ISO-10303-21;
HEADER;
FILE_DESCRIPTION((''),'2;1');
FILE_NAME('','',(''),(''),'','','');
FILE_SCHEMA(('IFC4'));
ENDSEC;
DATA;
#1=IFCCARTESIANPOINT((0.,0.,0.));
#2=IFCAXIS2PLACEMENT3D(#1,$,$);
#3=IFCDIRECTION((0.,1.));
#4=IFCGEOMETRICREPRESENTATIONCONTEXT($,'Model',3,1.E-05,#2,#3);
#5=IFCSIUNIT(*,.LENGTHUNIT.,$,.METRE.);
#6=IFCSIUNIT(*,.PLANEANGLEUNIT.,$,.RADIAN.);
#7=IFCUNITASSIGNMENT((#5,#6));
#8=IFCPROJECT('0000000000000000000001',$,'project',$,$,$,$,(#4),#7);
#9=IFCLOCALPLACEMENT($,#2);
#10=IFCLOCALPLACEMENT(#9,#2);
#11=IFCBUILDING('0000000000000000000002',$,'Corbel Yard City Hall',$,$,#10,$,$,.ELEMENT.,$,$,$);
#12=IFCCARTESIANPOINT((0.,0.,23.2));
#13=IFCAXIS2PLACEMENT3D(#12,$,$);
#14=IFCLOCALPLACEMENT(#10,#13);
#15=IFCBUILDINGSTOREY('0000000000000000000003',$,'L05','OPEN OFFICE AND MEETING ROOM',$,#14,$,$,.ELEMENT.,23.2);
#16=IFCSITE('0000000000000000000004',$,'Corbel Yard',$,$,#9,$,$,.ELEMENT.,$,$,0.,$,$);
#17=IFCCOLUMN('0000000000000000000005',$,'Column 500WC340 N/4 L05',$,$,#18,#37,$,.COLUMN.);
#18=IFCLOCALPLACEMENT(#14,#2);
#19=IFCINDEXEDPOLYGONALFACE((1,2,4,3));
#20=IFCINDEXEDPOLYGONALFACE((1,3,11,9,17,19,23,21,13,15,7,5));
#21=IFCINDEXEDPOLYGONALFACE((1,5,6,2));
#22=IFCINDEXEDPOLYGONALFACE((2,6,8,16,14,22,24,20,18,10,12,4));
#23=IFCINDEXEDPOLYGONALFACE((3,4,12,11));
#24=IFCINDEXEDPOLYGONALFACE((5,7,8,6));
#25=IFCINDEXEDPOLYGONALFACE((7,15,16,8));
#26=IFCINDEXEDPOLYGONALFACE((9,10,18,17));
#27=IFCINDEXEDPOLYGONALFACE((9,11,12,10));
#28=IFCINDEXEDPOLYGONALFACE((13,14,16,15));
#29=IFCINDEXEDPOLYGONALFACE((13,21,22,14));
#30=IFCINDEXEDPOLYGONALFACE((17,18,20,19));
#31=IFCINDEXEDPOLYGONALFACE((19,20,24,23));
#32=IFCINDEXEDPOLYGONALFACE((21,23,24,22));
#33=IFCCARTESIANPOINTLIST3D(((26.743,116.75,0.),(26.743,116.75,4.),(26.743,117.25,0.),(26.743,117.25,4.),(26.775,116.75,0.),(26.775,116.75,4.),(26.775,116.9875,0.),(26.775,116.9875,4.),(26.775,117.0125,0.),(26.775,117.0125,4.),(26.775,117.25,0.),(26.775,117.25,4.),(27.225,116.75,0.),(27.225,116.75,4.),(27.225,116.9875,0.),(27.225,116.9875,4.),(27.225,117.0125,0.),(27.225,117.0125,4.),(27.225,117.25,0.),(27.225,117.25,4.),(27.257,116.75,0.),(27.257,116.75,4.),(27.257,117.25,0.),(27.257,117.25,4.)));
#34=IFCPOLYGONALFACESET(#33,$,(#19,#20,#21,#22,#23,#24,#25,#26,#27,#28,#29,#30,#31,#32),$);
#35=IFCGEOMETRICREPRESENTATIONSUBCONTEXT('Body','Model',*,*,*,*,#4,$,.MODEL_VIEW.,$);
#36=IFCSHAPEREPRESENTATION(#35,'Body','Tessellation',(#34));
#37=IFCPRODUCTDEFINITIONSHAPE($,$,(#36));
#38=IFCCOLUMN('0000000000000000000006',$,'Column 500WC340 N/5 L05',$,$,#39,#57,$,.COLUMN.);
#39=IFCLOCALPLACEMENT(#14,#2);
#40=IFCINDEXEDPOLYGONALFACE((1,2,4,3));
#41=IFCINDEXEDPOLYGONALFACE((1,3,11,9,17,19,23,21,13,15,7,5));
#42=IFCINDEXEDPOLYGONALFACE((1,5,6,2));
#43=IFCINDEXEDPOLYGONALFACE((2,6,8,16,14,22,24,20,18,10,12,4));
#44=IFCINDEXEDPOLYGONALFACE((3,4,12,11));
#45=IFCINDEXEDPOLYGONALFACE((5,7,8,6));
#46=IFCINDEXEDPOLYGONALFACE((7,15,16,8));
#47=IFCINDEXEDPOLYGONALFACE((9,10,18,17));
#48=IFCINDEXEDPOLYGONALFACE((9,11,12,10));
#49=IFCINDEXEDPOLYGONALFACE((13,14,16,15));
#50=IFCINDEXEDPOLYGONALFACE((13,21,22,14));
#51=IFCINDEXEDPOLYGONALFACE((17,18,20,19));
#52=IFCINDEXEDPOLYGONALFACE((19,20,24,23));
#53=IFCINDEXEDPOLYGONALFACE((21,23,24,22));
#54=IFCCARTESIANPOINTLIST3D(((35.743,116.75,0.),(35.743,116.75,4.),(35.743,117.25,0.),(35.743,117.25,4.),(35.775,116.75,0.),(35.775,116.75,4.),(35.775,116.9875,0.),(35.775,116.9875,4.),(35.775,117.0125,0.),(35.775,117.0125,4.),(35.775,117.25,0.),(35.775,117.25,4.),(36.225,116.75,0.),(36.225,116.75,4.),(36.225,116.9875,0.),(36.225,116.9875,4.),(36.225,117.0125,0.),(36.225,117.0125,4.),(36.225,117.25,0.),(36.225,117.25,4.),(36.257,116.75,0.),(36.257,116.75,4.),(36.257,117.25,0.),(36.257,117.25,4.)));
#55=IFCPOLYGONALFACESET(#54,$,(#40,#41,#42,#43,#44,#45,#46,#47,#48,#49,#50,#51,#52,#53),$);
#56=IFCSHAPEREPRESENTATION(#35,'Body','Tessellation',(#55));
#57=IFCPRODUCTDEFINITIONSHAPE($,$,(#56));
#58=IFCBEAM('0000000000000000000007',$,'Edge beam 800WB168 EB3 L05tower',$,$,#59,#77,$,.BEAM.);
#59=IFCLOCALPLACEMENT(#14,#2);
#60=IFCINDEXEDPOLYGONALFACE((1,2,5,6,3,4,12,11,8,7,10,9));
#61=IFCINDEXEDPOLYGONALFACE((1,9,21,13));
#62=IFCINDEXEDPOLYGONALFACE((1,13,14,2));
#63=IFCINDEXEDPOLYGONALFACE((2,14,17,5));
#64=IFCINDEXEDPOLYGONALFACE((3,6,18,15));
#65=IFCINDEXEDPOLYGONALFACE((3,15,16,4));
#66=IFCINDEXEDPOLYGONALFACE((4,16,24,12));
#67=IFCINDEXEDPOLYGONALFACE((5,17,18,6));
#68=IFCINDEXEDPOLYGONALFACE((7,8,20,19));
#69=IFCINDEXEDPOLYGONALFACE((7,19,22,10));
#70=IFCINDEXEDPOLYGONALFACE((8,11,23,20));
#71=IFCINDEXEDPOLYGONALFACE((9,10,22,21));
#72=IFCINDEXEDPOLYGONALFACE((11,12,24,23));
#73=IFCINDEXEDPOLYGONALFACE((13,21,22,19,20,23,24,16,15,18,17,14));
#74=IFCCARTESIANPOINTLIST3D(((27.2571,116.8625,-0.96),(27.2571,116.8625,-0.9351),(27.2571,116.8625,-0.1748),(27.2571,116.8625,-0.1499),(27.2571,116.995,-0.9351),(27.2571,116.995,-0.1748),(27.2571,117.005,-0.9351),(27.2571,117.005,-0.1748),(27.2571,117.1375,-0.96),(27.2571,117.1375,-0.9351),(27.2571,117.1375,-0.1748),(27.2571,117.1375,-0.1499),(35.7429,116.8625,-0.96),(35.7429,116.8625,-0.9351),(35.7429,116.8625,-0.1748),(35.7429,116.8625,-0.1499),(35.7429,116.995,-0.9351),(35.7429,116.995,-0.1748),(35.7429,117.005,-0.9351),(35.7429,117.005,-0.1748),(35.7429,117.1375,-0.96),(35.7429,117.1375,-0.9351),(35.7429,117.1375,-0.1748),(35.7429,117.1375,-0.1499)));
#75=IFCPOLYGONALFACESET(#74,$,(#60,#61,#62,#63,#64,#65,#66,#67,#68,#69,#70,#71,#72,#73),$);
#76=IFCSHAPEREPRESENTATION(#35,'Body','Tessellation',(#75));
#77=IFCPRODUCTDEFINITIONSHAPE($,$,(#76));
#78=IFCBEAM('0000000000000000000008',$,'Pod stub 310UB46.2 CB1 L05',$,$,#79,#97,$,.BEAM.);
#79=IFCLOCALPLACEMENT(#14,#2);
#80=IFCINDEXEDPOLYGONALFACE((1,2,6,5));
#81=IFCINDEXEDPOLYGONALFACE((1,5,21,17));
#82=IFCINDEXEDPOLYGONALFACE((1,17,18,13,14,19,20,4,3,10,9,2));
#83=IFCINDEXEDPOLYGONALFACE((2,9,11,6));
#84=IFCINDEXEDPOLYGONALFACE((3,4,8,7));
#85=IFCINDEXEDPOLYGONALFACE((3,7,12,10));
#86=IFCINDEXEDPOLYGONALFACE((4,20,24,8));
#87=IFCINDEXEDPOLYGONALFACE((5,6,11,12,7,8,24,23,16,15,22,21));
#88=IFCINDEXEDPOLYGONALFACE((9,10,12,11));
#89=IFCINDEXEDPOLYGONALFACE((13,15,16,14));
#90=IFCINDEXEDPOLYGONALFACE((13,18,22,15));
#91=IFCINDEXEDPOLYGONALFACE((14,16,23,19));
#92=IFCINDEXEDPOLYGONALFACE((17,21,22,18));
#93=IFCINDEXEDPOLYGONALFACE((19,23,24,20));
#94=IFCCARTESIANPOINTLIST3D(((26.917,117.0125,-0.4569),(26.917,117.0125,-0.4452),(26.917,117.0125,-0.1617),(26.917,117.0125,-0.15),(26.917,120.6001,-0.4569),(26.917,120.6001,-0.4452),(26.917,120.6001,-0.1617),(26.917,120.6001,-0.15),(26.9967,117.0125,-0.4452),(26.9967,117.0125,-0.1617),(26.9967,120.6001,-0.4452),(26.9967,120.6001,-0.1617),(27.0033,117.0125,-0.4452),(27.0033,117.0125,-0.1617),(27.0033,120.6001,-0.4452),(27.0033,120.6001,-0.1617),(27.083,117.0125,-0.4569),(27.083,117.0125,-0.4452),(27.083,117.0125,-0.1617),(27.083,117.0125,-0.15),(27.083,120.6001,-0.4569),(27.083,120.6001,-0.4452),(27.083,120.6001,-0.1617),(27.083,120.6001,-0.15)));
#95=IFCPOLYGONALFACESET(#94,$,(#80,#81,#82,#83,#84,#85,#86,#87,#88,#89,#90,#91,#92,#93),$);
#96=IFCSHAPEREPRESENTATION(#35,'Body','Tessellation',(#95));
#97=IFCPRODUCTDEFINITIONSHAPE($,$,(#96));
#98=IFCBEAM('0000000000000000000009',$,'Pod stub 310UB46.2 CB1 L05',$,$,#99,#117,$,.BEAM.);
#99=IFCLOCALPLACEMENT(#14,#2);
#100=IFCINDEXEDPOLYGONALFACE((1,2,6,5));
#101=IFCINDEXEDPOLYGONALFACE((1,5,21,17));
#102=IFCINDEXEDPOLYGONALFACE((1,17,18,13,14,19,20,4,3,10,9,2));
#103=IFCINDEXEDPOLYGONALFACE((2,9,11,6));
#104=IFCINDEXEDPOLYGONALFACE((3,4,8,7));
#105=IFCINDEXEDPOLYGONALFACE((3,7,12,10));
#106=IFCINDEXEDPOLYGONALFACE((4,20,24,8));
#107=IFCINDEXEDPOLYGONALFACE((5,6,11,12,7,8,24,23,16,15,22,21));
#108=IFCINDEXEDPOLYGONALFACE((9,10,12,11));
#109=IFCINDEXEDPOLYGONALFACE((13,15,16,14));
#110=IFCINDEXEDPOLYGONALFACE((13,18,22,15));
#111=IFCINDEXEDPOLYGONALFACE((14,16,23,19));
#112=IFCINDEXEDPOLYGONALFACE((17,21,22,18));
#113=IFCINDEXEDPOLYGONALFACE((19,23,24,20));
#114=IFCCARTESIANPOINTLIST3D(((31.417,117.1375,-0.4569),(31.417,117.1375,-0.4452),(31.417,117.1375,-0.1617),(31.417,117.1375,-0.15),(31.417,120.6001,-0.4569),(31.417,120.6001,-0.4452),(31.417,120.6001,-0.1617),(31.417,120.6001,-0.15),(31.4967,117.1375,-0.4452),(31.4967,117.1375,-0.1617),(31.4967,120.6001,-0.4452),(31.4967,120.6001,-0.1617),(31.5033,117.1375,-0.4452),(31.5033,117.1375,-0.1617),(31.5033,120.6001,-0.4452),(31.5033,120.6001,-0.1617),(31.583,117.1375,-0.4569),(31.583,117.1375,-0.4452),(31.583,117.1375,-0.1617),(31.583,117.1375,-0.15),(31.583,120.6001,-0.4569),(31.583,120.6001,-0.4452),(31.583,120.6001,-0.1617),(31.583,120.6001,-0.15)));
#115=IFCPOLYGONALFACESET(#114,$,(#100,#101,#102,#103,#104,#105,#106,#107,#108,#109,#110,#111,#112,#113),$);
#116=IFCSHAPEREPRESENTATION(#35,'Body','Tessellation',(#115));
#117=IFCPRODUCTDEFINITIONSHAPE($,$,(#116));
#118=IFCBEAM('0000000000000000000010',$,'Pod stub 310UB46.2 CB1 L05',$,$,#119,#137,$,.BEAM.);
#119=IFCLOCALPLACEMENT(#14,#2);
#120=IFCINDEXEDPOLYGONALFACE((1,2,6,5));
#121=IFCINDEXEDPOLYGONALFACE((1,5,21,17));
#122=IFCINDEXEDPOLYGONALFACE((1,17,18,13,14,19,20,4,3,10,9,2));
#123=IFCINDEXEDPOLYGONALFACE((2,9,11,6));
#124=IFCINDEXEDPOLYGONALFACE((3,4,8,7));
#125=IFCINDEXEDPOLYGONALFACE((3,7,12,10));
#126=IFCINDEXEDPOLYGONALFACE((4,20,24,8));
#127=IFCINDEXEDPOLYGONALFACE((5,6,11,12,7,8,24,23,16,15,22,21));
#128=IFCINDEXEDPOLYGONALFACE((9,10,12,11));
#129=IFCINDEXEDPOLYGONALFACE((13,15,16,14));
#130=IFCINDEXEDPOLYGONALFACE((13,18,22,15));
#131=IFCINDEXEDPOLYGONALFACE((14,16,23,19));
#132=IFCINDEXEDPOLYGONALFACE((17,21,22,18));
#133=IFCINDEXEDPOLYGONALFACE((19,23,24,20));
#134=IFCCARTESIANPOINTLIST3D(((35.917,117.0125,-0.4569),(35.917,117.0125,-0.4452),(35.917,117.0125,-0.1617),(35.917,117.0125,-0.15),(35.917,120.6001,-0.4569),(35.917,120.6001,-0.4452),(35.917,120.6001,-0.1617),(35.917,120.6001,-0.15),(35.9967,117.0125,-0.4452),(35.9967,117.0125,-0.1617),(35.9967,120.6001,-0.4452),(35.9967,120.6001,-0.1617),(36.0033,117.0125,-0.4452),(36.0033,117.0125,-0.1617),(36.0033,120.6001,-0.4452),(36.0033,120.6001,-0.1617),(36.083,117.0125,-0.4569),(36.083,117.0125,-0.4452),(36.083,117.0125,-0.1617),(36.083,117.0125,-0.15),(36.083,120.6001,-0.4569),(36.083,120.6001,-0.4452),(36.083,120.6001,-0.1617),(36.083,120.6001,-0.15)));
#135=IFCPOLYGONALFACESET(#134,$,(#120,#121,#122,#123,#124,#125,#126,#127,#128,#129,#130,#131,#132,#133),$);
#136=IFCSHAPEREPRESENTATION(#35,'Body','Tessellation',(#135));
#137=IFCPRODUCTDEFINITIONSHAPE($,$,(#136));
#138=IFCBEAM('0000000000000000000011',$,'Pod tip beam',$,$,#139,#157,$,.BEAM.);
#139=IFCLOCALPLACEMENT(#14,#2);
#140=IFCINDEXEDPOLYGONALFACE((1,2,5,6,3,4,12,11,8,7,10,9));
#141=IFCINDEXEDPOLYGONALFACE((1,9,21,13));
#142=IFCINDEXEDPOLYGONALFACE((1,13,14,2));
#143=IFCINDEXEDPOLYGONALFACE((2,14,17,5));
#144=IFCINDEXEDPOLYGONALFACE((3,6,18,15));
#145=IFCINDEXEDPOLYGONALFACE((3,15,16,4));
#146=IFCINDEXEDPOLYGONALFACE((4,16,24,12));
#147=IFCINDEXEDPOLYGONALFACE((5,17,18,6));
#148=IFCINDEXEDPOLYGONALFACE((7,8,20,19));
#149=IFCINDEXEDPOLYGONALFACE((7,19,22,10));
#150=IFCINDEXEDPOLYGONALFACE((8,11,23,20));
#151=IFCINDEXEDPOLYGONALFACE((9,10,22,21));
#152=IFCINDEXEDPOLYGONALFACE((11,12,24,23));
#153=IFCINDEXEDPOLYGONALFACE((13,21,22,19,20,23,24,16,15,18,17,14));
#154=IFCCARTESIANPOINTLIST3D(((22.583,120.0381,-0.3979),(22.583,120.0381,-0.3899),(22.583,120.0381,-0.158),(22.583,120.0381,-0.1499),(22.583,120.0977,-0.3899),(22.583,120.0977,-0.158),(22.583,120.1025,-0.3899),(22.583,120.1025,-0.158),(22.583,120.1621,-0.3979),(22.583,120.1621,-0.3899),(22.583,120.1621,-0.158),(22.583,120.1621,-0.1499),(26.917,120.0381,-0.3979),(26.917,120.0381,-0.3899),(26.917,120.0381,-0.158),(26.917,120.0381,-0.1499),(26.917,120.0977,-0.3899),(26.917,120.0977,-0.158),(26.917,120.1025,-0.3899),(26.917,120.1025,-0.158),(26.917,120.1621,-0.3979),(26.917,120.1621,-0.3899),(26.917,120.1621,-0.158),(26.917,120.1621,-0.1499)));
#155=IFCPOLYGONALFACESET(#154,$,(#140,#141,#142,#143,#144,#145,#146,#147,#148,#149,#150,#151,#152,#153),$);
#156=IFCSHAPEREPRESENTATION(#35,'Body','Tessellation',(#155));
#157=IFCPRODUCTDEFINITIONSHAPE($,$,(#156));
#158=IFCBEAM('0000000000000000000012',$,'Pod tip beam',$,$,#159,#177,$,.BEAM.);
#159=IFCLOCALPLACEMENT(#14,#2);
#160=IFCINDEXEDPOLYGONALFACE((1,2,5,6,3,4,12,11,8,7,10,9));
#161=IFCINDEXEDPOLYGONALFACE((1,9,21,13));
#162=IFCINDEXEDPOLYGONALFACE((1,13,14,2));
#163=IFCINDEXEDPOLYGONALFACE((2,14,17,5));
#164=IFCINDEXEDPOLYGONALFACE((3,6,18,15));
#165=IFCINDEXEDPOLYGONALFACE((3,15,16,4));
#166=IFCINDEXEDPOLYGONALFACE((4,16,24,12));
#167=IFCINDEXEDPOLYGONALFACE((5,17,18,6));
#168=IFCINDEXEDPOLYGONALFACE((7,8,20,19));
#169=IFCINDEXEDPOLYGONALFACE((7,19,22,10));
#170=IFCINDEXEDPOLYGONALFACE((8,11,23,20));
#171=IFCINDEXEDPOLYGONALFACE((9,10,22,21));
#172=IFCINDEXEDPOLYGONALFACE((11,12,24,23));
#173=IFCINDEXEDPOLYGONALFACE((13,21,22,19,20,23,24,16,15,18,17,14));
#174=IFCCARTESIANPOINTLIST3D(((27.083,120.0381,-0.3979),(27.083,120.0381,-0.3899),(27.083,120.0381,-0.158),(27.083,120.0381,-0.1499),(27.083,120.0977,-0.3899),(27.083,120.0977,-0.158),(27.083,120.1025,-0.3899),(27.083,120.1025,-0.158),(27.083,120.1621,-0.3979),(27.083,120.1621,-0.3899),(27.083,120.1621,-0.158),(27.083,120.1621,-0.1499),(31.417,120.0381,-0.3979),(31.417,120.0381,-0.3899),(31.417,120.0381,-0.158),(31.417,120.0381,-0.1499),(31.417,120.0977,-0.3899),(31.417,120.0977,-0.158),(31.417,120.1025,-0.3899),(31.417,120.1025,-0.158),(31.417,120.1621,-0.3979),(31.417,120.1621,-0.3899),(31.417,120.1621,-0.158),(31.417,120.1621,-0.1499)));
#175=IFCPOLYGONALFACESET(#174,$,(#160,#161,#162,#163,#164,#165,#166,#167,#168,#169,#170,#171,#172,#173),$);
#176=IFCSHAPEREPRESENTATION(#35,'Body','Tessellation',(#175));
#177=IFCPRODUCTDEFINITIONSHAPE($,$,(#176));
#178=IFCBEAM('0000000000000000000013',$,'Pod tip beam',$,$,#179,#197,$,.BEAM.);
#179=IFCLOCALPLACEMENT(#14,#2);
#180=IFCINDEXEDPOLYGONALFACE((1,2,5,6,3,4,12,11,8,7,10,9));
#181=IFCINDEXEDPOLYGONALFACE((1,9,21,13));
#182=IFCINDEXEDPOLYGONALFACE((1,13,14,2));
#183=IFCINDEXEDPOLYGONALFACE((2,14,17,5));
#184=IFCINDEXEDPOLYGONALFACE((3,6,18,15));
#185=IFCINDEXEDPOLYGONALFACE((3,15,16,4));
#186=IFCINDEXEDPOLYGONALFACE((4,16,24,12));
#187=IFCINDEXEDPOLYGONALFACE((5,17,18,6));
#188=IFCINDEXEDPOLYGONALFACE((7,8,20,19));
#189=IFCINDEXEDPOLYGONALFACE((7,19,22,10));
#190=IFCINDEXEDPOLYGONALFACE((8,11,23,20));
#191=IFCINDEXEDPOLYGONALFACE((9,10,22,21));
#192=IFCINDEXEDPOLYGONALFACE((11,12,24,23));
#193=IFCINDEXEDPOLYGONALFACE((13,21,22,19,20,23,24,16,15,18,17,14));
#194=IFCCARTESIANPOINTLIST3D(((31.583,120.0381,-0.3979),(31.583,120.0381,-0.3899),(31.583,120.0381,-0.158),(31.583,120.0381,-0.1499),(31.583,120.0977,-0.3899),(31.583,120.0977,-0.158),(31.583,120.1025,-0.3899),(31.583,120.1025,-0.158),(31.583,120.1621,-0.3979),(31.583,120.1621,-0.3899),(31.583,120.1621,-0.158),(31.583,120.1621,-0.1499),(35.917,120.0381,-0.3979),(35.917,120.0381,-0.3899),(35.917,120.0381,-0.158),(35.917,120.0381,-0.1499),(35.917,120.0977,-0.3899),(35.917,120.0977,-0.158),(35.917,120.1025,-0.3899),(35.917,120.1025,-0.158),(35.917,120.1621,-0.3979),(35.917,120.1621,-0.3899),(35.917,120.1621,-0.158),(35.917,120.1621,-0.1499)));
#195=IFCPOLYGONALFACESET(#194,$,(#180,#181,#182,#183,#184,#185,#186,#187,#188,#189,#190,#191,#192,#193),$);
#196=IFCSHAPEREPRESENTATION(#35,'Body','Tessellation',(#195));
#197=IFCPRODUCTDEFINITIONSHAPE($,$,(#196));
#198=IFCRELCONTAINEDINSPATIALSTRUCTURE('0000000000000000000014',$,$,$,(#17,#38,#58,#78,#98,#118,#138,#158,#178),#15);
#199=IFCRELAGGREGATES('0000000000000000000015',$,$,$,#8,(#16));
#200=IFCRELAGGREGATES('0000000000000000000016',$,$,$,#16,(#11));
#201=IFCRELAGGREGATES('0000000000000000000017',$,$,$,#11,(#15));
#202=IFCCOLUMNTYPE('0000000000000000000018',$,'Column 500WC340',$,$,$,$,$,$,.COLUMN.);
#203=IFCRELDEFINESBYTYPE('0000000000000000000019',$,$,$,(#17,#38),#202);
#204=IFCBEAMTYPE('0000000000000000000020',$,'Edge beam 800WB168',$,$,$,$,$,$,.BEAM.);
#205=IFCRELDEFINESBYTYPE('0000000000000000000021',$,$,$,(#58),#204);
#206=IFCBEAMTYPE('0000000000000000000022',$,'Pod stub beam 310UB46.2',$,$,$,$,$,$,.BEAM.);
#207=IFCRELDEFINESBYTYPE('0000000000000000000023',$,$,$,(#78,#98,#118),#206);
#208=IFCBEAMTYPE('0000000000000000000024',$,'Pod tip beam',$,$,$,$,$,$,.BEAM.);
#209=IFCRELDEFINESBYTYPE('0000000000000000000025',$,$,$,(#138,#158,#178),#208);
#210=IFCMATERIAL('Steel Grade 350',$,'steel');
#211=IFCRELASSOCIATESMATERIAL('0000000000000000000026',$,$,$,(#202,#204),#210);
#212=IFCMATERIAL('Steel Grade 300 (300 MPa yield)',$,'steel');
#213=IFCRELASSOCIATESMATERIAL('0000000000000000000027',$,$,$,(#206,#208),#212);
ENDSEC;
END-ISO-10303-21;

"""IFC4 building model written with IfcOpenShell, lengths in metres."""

from ifc_helpers import new_model, si_unit, direction, frame, origin, origin_2d, place, context, subcontext, project, spatial, i_section, extrude, material, material_profile, profile_set, type_object, element, save


model = new_model("IFC4")

# Units and contexts
model_context = context("Model", 3, precision=1e-05, world=origin(), true_north=direction((0.0, 1.0)))
body_context = subcontext(model_context, "Body", "Model", "MODEL_VIEW")
ifc_project = project(units=[si_unit("LENGTHUNIT", "METRE"), si_unit("PLANEANGLEUNIT", "RADIAN")], contexts=[model_context])

# Site, building, storey
site_placement = place(None, origin())
site = spatial("IfcSite", under=ifc_project, at=site_placement, Name="Corbel Yard", CompositionType="ELEMENT", RefElevation=0.0)
building_placement = place(site_placement, origin())
building = spatial("IfcBuilding", under=site, at=building_placement, Name="Corbel Yard City Hall", CompositionType="ELEMENT")
storey_placement = place(building_placement, frame((0.0, 0.0, 23.2)))
storey = spatial("IfcBuildingStorey", under=building, at=storey_placement, Name="L05", Description="OPEN OFFICE AND MEETING ROOM", CompositionType="ELEMENT", Elevation=23.2)

# Columns
ifc_material_1 = material(Name="Steel Grade 350", Category="steel")
ifc_material_profile_1 = material_profile(ifc_material_1, i_section(OverallWidth=0.5, OverallDepth=0.5139, WebThickness=0.0249, FlangeThickness=0.032, at=origin_2d()), Name="500WC340")
ifc_profile_set_1 = profile_set([ifc_material_profile_1], Name="Steel Grade 350")
column_type = type_object("IfcColumnType", Name="Column 500WC340", PredefinedType="COLUMN", material=ifc_profile_set_1)
for number, where, z_axis, x_axis, name in (
    (1, (27.0, 117.0, 0.0), (0.0, 0.0, 1.0), (0.0, 1.0, 0.0), "Column 500WC340 N/4 L05"),
    (2, (36.0, 117.0, 0.0), (0.0, 0.0, 1.0), (0.0, 1.0, 0.0), "Column 500WC340 N/5 L05"),
):
    element("IfcColumn", number, at=place(storey_placement, frame(where, z_axis=z_axis, x_axis=x_axis)), inside=storey, type_object=column_type, Name=name, PredefinedType="COLUMN", context=body_context, shape_type="SweptSolid", body=[
        extrude(i_section(OverallWidth=0.5, OverallDepth=0.5139, WebThickness=0.0249, FlangeThickness=0.032, at=origin_2d()), origin(), (0.0, 0.0, 1.0), 4.0),
    ])

# Beams
ifc_material_profile_2 = material_profile(ifc_material_1, i_section(OverallWidth=0.2749, OverallDepth=0.8101, WebThickness=0.01, FlangeThickness=0.0249, at=origin_2d()), Name="800WB168")
ifc_profile_set_2 = profile_set([ifc_material_profile_2], Name="Steel Grade 350")
beam_type_1 = type_object("IfcBeamType", Name="Edge beam 800WB168", PredefinedType="BEAM", material=ifc_profile_set_2)
beam_1_placement = place(storey_placement, frame((27.2571, 117.0, -0.5549), z_axis=(1.0, 0.0, 0.0), x_axis=(0.0, 1.0, 0.0)))
element("IfcBeam", 3, at=beam_1_placement, inside=storey, type_object=beam_type_1, Name="Edge beam 800WB168 EB3 L05tower", PredefinedType="BEAM", context=body_context, shape_type="SweptSolid", body=[
    extrude(i_section(OverallWidth=0.2749, OverallDepth=0.8101, WebThickness=0.01, FlangeThickness=0.0249, at=origin_2d()), origin(), (0.0, 0.0, 1.0), 8.4858),
])
ifc_material_2 = material(Name="Steel Grade 300 (300 MPa yield)", Category="steel")
ifc_material_profile_3 = material_profile(ifc_material_2, i_section(OverallWidth=0.166, OverallDepth=0.3069, WebThickness=0.0066, FlangeThickness=0.0117, at=origin_2d()), Name="310UB46.2")
ifc_profile_set_3 = profile_set([ifc_material_profile_3], Name="Steel Grade 300 (300 MPa yield)")
beam_type_2 = type_object("IfcBeamType", Name="Pod stub beam 310UB46.2", PredefinedType="BEAM", material=ifc_profile_set_3)
beam_2_placement = place(storey_placement, frame((27.0, 117.0125, -0.3035), z_axis=(0.0, 1.0, 0.0), x_axis=(-1.0, 0.0, 0.0)))
element("IfcBeam", 4, at=beam_2_placement, inside=storey, type_object=beam_type_2, Name="Pod stub 310UB46.2 CB1 L05", PredefinedType="BEAM", context=body_context, shape_type="SweptSolid", body=[
    extrude(i_section(OverallWidth=0.166, OverallDepth=0.3069, WebThickness=0.0066, FlangeThickness=0.0117, at=origin_2d()), origin(), (0.0, 0.0, 1.0), 3.5876),
])
beam_3_placement = place(storey_placement, frame((31.5, 117.1375, -0.3035), z_axis=(0.0, 1.0, 0.0), x_axis=(-1.0, 0.0, 0.0)))
element("IfcBeam", 5, at=beam_3_placement, inside=storey, type_object=beam_type_2, Name="Pod stub 310UB46.2 CB1 L05", PredefinedType="BEAM", context=body_context, shape_type="SweptSolid", body=[
    extrude(i_section(OverallWidth=0.166, OverallDepth=0.3069, WebThickness=0.0066, FlangeThickness=0.0117, at=origin_2d()), origin(), (0.0, 0.0, 1.0), 3.4626),
])
beam_4_placement = place(storey_placement, frame((36.0, 117.0125, -0.3035), z_axis=(0.0, 1.0, 0.0), x_axis=(-1.0, 0.0, 0.0)))
element("IfcBeam", 6, at=beam_4_placement, inside=storey, type_object=beam_type_2, Name="Pod stub 310UB46.2 CB1 L05", PredefinedType="BEAM", context=body_context, shape_type="SweptSolid", body=[
    extrude(i_section(OverallWidth=0.166, OverallDepth=0.3069, WebThickness=0.0066, FlangeThickness=0.0117, at=origin_2d()), origin(), (0.0, 0.0, 1.0), 3.5876),
])
ifc_material_profile_4 = material_profile(ifc_material_2, i_section(OverallWidth=0.124, OverallDepth=0.248, WebThickness=0.0049, FlangeThickness=0.0081, at=origin_2d()), Name="250UB25.7")
ifc_profile_set_4 = profile_set([ifc_material_profile_4], Name="Steel Grade 300 (300 MPa yield)")
beam_type_3 = type_object("IfcBeamType", Name="Pod tip beam", PredefinedType="BEAM", material=ifc_profile_set_4)
for number, where, z_axis, x_axis, name in (
    (7, (22.583, 120.1001, -0.2739), (1.0, 0.0, 0.0), (0.0, 1.0, 0.0), "Pod tip beam"),
    (8, (27.083, 120.1001, -0.2739), (1.0, 0.0, 0.0), (0.0, 1.0, 0.0), "Pod tip beam"),
    (9, (31.583, 120.1001, -0.2739), (1.0, 0.0, 0.0), (0.0, 1.0, 0.0), "Pod tip beam"),
):
    element("IfcBeam", number, at=place(storey_placement, frame(where, z_axis=z_axis, x_axis=x_axis)), inside=storey, type_object=beam_type_3, Name=name, PredefinedType="BEAM", context=body_context, shape_type="SweptSolid", body=[
        extrude(i_section(OverallWidth=0.124, OverallDepth=0.248, WebThickness=0.0049, FlangeThickness=0.0081, at=origin_2d()), origin(), (0.0, 0.0, 1.0), 4.334),
    ])

save(model, "model.ifc")
